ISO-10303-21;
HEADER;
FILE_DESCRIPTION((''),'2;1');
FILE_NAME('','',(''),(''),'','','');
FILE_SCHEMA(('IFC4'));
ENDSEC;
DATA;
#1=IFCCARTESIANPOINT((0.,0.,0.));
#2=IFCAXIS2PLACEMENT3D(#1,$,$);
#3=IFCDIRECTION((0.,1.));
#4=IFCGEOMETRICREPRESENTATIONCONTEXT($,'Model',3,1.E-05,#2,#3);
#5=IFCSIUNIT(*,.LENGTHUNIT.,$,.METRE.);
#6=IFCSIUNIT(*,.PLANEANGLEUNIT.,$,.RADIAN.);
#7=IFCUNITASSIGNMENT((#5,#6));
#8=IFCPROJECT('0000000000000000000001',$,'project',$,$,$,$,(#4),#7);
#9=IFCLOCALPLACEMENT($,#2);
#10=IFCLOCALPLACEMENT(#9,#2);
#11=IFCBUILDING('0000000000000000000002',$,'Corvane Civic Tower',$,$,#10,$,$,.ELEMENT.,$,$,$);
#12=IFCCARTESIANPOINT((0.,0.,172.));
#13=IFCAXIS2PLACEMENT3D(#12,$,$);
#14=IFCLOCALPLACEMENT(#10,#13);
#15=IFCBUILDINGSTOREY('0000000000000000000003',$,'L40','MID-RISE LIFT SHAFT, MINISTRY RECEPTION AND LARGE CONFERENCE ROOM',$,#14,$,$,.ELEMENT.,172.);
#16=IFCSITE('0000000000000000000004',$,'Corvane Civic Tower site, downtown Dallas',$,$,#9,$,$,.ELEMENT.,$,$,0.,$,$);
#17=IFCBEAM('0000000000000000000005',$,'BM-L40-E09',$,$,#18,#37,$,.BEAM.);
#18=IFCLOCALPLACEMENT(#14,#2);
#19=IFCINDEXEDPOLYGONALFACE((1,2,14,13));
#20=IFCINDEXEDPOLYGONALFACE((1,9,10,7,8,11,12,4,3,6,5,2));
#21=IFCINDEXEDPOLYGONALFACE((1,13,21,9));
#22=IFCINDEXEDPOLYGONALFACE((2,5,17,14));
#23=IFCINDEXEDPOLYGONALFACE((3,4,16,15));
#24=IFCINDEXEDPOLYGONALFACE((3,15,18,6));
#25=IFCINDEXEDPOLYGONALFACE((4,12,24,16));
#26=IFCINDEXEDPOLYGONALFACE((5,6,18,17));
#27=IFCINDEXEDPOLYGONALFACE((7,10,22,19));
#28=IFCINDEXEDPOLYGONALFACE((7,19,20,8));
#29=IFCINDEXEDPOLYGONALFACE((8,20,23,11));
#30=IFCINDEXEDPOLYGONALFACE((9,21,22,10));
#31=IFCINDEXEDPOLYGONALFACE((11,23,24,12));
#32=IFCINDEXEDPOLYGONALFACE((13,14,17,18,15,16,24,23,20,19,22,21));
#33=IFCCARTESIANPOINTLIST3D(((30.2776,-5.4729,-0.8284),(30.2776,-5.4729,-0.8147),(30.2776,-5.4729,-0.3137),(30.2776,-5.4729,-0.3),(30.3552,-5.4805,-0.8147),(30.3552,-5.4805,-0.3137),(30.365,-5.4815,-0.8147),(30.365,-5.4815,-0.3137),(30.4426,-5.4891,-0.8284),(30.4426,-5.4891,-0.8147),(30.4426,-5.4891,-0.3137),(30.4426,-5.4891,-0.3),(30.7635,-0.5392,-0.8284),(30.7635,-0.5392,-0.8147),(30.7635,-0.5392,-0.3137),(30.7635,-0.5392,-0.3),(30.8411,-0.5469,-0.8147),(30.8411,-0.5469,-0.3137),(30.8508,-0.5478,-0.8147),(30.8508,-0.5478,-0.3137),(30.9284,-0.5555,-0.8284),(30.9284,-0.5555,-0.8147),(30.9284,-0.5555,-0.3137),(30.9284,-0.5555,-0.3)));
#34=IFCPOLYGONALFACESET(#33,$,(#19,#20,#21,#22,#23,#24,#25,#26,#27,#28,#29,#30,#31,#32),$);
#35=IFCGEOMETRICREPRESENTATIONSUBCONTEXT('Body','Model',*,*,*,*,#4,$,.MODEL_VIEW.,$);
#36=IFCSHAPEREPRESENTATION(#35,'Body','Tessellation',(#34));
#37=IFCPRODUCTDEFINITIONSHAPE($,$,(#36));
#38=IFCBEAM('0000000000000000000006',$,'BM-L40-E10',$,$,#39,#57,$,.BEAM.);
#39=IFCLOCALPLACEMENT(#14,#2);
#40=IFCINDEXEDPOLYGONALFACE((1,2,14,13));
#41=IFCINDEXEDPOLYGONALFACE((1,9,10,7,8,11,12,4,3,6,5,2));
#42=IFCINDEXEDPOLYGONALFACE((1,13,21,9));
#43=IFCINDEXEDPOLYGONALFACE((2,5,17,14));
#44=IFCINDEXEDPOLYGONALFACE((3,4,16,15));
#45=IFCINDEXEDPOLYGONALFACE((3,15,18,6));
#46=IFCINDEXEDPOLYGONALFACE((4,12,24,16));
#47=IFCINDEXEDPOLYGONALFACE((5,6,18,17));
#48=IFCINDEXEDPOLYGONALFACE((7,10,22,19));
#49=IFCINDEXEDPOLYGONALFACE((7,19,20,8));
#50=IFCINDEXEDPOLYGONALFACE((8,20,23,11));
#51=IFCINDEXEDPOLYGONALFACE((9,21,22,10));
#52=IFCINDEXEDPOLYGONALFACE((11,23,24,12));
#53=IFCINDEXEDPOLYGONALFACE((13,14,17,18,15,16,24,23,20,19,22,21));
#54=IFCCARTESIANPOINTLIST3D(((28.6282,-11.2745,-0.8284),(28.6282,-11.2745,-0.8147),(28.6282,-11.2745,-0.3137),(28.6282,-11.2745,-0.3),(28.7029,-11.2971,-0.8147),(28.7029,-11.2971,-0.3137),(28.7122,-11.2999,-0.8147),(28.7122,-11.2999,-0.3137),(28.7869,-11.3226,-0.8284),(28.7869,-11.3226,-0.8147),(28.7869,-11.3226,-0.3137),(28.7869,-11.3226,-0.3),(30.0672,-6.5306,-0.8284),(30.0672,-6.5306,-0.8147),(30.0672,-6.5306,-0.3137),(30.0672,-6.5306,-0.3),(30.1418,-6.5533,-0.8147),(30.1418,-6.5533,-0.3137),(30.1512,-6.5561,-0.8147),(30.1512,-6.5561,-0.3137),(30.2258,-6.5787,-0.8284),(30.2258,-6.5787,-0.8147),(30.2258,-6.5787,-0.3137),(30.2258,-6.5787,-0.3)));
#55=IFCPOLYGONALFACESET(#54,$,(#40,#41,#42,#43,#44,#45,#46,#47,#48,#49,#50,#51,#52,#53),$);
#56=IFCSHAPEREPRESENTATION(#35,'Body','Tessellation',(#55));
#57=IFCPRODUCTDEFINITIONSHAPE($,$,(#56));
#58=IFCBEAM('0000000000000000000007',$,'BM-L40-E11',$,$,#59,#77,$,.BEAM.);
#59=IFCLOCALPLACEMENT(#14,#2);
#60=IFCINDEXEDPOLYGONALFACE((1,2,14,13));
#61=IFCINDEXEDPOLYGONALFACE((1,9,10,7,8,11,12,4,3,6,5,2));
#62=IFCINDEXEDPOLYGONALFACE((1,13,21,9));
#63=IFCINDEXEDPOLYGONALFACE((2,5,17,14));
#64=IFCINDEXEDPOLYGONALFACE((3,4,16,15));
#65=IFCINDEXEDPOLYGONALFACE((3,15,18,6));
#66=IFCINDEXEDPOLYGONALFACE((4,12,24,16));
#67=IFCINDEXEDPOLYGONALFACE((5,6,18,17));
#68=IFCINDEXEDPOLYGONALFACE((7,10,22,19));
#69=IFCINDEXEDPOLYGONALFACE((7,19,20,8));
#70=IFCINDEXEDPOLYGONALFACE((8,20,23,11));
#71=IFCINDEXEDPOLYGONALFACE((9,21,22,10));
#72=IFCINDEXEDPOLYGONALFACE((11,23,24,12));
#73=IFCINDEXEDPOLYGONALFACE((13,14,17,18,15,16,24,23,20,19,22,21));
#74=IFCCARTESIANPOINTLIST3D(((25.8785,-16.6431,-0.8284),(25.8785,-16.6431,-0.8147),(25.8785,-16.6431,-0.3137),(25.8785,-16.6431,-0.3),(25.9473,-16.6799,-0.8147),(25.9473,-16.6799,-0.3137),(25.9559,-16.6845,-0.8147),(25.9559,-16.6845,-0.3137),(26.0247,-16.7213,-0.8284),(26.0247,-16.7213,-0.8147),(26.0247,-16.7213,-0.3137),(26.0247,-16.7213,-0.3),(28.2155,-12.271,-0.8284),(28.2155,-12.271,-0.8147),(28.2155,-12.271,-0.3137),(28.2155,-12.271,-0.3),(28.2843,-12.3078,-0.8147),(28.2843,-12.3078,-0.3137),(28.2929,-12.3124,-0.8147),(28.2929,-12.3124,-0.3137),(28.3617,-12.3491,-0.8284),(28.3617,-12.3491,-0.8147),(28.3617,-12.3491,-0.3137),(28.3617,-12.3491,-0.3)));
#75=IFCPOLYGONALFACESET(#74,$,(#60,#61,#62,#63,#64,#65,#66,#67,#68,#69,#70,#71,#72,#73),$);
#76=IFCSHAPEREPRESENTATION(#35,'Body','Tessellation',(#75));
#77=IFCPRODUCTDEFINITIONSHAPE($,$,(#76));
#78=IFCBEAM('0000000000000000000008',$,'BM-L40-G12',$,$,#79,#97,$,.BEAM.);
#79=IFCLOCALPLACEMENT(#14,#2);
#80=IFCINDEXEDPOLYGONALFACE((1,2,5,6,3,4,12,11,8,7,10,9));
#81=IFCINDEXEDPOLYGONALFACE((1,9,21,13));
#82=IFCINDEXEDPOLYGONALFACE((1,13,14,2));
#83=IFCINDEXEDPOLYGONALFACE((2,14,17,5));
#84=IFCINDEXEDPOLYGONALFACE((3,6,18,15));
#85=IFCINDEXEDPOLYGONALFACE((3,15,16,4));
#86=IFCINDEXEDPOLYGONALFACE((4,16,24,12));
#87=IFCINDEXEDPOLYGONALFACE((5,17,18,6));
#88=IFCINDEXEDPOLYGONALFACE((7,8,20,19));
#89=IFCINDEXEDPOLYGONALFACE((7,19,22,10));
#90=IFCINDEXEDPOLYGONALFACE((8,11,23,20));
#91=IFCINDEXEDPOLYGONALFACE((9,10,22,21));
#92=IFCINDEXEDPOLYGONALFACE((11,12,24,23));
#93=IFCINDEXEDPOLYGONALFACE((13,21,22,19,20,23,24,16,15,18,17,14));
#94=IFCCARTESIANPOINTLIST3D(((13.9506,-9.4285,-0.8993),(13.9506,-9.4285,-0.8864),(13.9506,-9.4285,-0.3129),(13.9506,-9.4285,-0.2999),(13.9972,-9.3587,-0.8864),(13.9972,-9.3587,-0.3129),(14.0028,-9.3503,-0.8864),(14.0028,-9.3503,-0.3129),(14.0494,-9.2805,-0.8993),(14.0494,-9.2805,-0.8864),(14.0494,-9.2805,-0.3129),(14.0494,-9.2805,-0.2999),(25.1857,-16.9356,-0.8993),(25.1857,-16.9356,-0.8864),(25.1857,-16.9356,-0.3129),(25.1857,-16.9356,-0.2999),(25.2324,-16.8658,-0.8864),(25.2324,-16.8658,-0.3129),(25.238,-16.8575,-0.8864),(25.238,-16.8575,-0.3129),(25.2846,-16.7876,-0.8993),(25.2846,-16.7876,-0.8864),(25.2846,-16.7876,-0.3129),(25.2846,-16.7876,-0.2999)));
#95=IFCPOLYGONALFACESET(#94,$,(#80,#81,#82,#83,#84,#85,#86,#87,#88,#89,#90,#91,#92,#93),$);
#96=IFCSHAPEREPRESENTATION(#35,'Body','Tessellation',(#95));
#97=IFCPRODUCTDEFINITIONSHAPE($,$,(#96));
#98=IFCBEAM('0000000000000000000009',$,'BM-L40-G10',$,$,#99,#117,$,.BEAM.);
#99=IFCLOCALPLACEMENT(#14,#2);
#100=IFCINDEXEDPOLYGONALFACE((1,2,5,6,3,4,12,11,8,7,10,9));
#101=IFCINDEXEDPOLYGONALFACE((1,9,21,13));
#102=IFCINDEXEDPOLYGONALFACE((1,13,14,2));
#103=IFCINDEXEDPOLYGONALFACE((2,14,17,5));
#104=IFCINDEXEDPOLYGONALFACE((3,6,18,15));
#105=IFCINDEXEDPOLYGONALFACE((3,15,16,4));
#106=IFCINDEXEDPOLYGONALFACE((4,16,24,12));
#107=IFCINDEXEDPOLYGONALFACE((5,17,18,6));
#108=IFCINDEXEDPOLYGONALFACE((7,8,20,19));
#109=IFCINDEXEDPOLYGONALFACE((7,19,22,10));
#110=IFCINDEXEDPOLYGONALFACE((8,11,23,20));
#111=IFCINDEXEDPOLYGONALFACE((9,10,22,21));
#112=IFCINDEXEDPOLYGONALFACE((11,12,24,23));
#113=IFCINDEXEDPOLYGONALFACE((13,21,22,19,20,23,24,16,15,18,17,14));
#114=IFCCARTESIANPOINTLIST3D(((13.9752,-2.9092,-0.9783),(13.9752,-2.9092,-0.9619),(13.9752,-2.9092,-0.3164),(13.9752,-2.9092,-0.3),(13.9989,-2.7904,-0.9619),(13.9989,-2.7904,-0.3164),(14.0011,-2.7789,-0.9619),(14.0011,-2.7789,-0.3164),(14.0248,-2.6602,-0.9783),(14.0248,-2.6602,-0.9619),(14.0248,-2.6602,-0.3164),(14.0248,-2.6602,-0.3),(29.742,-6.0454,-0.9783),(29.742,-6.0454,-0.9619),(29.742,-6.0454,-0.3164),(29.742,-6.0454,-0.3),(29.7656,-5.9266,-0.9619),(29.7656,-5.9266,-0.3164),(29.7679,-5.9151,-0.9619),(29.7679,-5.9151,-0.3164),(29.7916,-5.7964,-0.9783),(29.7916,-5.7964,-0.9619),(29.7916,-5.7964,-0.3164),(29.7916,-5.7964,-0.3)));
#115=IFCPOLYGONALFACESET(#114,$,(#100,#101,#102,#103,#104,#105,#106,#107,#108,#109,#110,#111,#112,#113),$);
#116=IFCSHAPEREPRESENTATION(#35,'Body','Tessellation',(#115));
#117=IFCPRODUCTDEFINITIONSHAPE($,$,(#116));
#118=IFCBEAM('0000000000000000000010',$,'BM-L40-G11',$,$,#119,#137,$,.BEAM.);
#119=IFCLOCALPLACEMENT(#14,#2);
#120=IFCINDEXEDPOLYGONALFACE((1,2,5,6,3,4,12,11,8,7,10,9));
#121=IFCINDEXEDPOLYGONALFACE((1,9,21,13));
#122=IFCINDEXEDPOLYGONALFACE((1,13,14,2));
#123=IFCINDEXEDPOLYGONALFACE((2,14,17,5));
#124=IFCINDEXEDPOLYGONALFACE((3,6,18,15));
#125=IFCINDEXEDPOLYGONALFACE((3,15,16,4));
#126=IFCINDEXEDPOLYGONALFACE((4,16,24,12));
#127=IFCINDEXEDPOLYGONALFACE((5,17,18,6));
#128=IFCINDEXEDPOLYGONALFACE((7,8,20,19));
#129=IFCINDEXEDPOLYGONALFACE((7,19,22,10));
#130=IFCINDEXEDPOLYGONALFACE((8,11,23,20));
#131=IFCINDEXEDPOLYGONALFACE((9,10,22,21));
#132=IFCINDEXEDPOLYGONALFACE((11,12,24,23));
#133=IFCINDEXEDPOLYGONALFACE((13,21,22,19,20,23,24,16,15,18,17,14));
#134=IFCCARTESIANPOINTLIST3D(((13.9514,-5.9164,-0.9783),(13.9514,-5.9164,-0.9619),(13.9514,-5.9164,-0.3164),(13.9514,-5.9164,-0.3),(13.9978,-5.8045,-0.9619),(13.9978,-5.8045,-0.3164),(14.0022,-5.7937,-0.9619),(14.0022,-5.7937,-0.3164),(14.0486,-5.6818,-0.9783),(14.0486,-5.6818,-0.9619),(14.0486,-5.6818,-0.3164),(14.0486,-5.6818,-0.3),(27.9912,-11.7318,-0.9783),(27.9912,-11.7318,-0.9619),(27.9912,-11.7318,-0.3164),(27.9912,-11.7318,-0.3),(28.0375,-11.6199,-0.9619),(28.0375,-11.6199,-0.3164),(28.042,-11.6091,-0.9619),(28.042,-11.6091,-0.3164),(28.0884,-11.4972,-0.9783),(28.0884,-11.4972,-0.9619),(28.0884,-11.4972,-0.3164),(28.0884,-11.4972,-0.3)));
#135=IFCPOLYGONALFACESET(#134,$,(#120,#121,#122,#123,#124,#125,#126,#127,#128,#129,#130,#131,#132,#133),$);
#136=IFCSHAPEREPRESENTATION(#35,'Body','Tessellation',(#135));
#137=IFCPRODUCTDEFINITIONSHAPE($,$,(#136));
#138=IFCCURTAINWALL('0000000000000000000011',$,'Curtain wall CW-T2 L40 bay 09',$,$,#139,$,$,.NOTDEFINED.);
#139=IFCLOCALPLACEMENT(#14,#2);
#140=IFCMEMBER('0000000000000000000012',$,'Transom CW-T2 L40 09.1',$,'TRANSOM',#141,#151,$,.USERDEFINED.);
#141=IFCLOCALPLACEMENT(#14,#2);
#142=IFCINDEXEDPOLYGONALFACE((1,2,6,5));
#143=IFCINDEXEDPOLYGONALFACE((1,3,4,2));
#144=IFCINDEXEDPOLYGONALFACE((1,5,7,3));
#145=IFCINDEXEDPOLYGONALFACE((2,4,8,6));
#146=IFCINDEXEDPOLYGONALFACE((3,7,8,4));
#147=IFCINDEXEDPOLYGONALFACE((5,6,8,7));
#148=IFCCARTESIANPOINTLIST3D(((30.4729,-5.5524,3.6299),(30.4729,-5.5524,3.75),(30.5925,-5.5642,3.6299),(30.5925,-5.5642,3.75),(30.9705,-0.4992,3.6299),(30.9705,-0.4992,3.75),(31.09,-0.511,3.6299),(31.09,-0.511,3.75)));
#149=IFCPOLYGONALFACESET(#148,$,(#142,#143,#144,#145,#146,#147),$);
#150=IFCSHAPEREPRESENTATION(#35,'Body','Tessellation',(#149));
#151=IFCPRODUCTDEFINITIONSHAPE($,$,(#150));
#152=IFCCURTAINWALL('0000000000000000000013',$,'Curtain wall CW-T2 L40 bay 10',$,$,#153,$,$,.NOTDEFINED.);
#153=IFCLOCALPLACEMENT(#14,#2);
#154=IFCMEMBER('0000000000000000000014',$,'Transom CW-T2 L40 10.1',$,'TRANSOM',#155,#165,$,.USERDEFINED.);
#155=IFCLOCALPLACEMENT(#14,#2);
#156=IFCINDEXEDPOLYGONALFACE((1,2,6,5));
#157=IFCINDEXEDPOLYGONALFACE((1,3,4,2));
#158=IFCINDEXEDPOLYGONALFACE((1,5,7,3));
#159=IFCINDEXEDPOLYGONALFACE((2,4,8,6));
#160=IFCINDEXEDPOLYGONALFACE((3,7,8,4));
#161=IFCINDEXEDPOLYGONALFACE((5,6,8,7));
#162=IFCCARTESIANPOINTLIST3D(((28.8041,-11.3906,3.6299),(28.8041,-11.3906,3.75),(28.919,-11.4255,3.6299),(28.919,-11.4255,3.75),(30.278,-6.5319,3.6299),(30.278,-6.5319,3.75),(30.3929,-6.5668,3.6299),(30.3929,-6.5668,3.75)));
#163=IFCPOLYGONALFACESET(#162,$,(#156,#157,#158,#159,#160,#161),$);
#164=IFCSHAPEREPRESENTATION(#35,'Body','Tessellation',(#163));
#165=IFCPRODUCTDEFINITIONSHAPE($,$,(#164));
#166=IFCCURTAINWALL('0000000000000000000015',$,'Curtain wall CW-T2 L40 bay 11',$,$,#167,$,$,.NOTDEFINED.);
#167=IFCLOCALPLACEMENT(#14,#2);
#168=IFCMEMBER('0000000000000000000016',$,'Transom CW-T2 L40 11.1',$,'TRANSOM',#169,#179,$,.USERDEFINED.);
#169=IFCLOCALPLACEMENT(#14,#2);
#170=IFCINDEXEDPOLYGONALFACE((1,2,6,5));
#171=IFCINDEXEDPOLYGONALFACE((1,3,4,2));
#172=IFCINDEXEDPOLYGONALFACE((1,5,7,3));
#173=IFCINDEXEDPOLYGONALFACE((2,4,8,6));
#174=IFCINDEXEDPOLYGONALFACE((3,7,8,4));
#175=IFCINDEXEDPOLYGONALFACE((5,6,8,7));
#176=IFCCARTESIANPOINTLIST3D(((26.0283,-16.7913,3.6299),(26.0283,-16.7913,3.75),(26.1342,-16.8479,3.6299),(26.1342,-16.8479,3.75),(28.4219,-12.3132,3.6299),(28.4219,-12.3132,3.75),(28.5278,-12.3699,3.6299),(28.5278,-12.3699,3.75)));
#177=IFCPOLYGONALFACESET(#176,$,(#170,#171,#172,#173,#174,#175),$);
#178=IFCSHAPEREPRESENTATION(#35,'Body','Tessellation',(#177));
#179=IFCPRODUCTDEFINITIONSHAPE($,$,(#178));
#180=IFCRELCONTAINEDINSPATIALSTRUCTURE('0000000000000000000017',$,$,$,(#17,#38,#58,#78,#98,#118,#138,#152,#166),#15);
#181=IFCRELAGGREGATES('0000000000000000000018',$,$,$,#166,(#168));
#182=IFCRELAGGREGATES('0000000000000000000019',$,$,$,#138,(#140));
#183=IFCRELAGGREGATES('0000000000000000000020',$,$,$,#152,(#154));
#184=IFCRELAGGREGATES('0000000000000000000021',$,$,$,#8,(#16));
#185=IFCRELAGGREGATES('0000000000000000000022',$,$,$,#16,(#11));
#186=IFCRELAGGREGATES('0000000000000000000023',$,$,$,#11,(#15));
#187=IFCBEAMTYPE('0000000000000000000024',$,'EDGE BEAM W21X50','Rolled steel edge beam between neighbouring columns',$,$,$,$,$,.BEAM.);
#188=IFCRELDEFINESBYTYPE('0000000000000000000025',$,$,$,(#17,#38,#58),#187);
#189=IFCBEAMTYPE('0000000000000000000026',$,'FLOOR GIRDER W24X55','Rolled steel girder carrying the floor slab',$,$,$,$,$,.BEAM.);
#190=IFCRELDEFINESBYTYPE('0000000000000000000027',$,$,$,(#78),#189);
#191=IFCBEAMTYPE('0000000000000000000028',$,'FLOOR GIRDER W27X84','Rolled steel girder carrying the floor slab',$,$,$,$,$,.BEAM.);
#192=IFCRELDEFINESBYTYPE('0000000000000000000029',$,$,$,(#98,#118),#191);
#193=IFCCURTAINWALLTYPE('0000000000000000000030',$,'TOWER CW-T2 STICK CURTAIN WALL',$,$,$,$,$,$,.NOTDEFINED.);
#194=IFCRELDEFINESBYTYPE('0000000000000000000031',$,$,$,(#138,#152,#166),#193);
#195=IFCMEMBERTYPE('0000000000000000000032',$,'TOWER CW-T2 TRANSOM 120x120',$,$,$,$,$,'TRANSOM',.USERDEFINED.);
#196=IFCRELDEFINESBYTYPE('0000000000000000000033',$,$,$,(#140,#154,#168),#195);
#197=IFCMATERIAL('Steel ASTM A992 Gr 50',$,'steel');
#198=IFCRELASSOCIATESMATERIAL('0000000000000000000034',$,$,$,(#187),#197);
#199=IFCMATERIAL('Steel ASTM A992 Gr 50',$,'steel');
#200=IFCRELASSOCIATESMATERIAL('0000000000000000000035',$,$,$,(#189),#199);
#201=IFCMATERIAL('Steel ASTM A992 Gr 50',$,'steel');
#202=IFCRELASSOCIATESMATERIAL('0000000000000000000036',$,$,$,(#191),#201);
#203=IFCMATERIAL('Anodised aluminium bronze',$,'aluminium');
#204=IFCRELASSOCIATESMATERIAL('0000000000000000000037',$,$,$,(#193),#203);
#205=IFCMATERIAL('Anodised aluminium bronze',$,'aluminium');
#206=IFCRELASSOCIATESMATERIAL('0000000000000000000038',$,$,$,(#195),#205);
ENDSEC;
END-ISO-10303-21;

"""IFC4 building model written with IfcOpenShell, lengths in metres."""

from ifc_helpers import new_model, si_unit, direction, frame, origin, origin_2d, place, context, subcontext, project, spatial, rectangle, i_section, extrude, material, material_profile, profile_set, type_object, element, aggregate, save


model = new_model("IFC4")

# Units and contexts
model_context = context("Model", 3, precision=1e-05, world=origin(), true_north=direction((0.0, 1.0)))
body_context = subcontext(model_context, "Body", "Model", "MODEL_VIEW")
ifc_project = project(units=[si_unit("LENGTHUNIT", "METRE"), si_unit("PLANEANGLEUNIT", "RADIAN")], contexts=[model_context])

# Site, building, storey
site_placement = place(None, origin())
site = spatial("IfcSite", under=ifc_project, at=site_placement, Name="Corvane Civic Tower site, downtown Dallas", CompositionType="ELEMENT", RefElevation=0.0)
building_placement = place(site_placement, origin())
building = spatial("IfcBuilding", under=site, at=building_placement, Name="Corvane Civic Tower", CompositionType="ELEMENT")
storey_placement = place(building_placement, frame((0.0, 0.0, 172.0)))
storey = spatial("IfcBuildingStorey", under=building, at=storey_placement, Name="L40", Description="MID-RISE LIFT SHAFT, MINISTRY RECEPTION AND LARGE CONFERENCE ROOM", CompositionType="ELEMENT", Elevation=172.0)

# Beams
ifc_material_1 = material(Name="Steel ASTM A992 Gr 50", Category="steel")
ifc_material_profile_1 = material_profile(ifc_material_1, i_section(OverallWidth=0.1658, OverallDepth=0.5283, WebThickness=0.0098, FlangeThickness=0.0137, at=origin_2d()), Name="W21X50")
ifc_profile_set_1 = profile_set([ifc_material_profile_1], Name="Steel ASTM A992 Gr 50")
beam_type_1 = type_object("IfcBeamType", Name="EDGE BEAM W21X50", Description="Rolled steel edge beam between neighbouring columns", PredefinedType="BEAM", material=ifc_profile_set_1)
beam_1_placement = place(storey_placement, frame((30.8459, -0.5474, -0.5642), z_axis=(-0.098002, -0.995186, 0.0), x_axis=(0.995186, -0.098002, 0.0)))
element("IfcBeam", 1, at=beam_1_placement, inside=storey, type_object=beam_type_1, Name="BM-L40-E09", PredefinedType="BEAM", context=body_context, shape_type="SweptSolid", body=[
    extrude(i_section(OverallWidth=0.1658, OverallDepth=0.5283, WebThickness=0.0098, FlangeThickness=0.0137, at=origin_2d()), origin(), (0.0, 0.0, 1.0), 4.9575),
])
beam_2_placement = place(storey_placement, frame((30.1465, -6.5547, -0.5642), z_axis=(-0.29027, -0.956945, 0.0), x_axis=(0.956945, -0.29027, 0.0)))
element("IfcBeam", 2, at=beam_2_placement, inside=storey, type_object=beam_type_1, Name="BM-L40-E10", PredefinedType="BEAM", context=body_context, shape_type="SweptSolid", body=[
    extrude(i_section(OverallWidth=0.1658, OverallDepth=0.5283, WebThickness=0.0098, FlangeThickness=0.0137, at=origin_2d()), origin(), (0.0, 0.0, 1.0), 4.9573),
])
beam_3_placement = place(storey_placement, frame((28.2886, -12.3101, -0.5642), z_axis=(-0.471396, -0.881922, 0.0), x_axis=(0.881922, -0.471396, 0.0)))
element("IfcBeam", 3, at=beam_3_placement, inside=storey, type_object=beam_type_1, Name="BM-L40-E11", PredefinedType="BEAM", context=body_context, shape_type="SweptSolid", body=[
    extrude(i_section(OverallWidth=0.1658, OverallDepth=0.5283, WebThickness=0.0098, FlangeThickness=0.0137, at=origin_2d()), origin(), (0.0, 0.0, 1.0), 4.9575),
])
ifc_material_2 = material(Name="Steel ASTM A992 Gr 50", Category="steel")
ifc_material_profile_2 = material_profile(ifc_material_2, i_section(OverallWidth=0.178, OverallDepth=0.5994, WebThickness=0.01, FlangeThickness=0.0129, at=origin_2d()), Name="W24X55")
ifc_profile_set_2 = profile_set([ifc_material_profile_2], Name="Steel ASTM A992 Gr 50")
beam_type_2 = type_object("IfcBeamType", Name="FLOOR GIRDER W24X55", Description="Rolled steel girder carrying the floor slab", PredefinedType="BEAM", material=ifc_profile_set_2)
beam_4_placement = place(storey_placement, frame((14.0, -9.3545, -0.5996), z_axis=(0.831469, -0.555571, 0.0), x_axis=(0.555571, 0.831469, 0.0)))
element("IfcBeam", 4, at=beam_4_placement, inside=storey, type_object=beam_type_2, Name="BM-L40-G12", PredefinedType="BEAM", context=body_context, shape_type="SweptSolid", body=[
    extrude(i_section(OverallWidth=0.178, OverallDepth=0.5994, WebThickness=0.01, FlangeThickness=0.0129, at=origin_2d()), origin(), (0.0, 0.0, 1.0), 13.5125),
])
ifc_material_3 = material(Name="Steel ASTM A992 Gr 50", Category="steel")
ifc_material_profile_3 = material_profile(ifc_material_3, i_section(OverallWidth=0.2539, OverallDepth=0.6782, WebThickness=0.0117, FlangeThickness=0.0164, at=origin_2d()), Name="W27X84")
ifc_profile_set_3 = profile_set([ifc_material_profile_3], Name="Steel ASTM A992 Gr 50")
beam_type_3 = type_object("IfcBeamType", Name="FLOOR GIRDER W27X84", Description="Rolled steel girder carrying the floor slab", PredefinedType="BEAM", material=ifc_profile_set_3)
beam_5_placement = place(storey_placement, frame((14.0, -2.7847, -0.6392), z_axis=(0.980785, -0.195091, 0.0), x_axis=(0.195091, 0.980785, 0.0)))
element("IfcBeam", 5, at=beam_5_placement, inside=storey, type_object=beam_type_3, Name="BM-L40-G10", PredefinedType="BEAM", context=body_context, shape_type="SweptSolid", body=[
    extrude(i_section(OverallWidth=0.2539, OverallDepth=0.6782, WebThickness=0.0117, FlangeThickness=0.0164, at=origin_2d()), origin(), (0.0, 0.0, 1.0), 16.0757),
])
beam_6_placement = place(storey_placement, frame((14.0, -5.7991, -0.6392), z_axis=(0.923881, -0.382681, 0.0), x_axis=(0.382681, 0.923881, 0.0)))
element("IfcBeam", 6, at=beam_6_placement, inside=storey, type_object=beam_type_3, Name="BM-L40-G11", PredefinedType="BEAM", context=body_context, shape_type="SweptSolid", body=[
    extrude(i_section(OverallWidth=0.2539, OverallDepth=0.6782, WebThickness=0.0117, FlangeThickness=0.0164, at=origin_2d()), origin(), (0.0, 0.0, 1.0), 15.1965),
])

# Curtain walls, members
ifc_material_4 = material(Name="Anodised aluminium bronze", Category="aluminium")
curtain_wall_type = type_object("IfcCurtainWallType", Name="TOWER CW-T2 STICK CURTAIN WALL", PredefinedType="NOTDEFINED", material=ifc_material_4)
curtain_wall_1_placement = place(storey_placement, origin())
curtain_wall_1 = element("IfcCurtainWall", 7, at=curtain_wall_1_placement, inside=storey, type_object=curtain_wall_type, Name="Curtain wall CW-T2 L40 bay 09", PredefinedType="NOTDEFINED")
ifc_material_5 = material(Name="Anodised aluminium bronze", Category="aluminium")
ifc_material_profile_4 = material_profile(ifc_material_5, rectangle(XDim=0.1201, YDim=0.1201, at=origin_2d()), Name="TOWER CW-T2 TRANSOM 120x120")
ifc_profile_set_4 = profile_set([ifc_material_profile_4], Name="Anodised aluminium bronze")
member_type = type_object("IfcMemberType", Name="TOWER CW-T2 TRANSOM 120x120", ElementType="TRANSOM", PredefinedType="USERDEFINED", material=ifc_profile_set_4)
member_1_placement = place(storey_placement, frame((31.0303, -0.5051, 3.6899), z_axis=(-0.09799, -0.995187, 0.0), x_axis=(0.995187, -0.09799, 0.0)))
member_1 = element("IfcMember", 8, at=member_1_placement, type_object=member_type, Name="Transom CW-T2 L40 09.1", ObjectType="TRANSOM", PredefinedType="USERDEFINED", context=body_context, shape_type="SweptSolid", body=[
    extrude(rectangle(XDim=0.1201, YDim=0.1201, at=origin_2d()), origin(), (0.0, 0.0, 1.0), 5.0776),
])
curtain_wall_2_placement = place(storey_placement, origin())
curtain_wall_2 = element("IfcCurtainWall", 9, at=curtain_wall_2_placement, inside=storey, type_object=curtain_wall_type, Name="Curtain wall CW-T2 L40 bay 10", PredefinedType="NOTDEFINED")
member_2_placement = place(storey_placement, frame((30.3354, -6.5493, 3.6899), z_axis=(-0.290289, -0.956939, 0.0), x_axis=(0.956939, -0.290289, 0.0)))
member_2 = element("IfcMember", 10, at=member_2_placement, type_object=member_type, Name="Transom CW-T2 L40 10.1", ObjectType="TRANSOM", PredefinedType="USERDEFINED", context=body_context, shape_type="SweptSolid", body=[
    extrude(rectangle(XDim=0.1201, YDim=0.1201, at=origin_2d()), origin(), (0.0, 0.0, 1.0), 5.0774),
])
curtain_wall_3_placement = place(storey_placement, origin())
curtain_wall_3 = element("IfcCurtainWall", 11, at=curtain_wall_3_placement, inside=storey, type_object=curtain_wall_type, Name="Curtain wall CW-T2 L40 bay 11", PredefinedType="NOTDEFINED")
member_3_placement = place(storey_placement, frame((28.4749, -12.3416, 3.6899), z_axis=(-0.471397, -0.881921, 0.0), x_axis=(0.881921, -0.471397, 0.0)))
member_3 = element("IfcMember", 12, at=member_3_placement, type_object=member_type, Name="Transom CW-T2 L40 11.1", ObjectType="TRANSOM", PredefinedType="USERDEFINED", context=body_context, shape_type="SweptSolid", body=[
    extrude(rectangle(XDim=0.1201, YDim=0.1201, at=origin_2d()), origin(), (0.0, 0.0, 1.0), 5.0776),
])
aggregate(curtain_wall_3, [member_3])

aggregate(curtain_wall_1, [member_1])
aggregate(curtain_wall_2, [member_2])

save(model, "model.ifc")
